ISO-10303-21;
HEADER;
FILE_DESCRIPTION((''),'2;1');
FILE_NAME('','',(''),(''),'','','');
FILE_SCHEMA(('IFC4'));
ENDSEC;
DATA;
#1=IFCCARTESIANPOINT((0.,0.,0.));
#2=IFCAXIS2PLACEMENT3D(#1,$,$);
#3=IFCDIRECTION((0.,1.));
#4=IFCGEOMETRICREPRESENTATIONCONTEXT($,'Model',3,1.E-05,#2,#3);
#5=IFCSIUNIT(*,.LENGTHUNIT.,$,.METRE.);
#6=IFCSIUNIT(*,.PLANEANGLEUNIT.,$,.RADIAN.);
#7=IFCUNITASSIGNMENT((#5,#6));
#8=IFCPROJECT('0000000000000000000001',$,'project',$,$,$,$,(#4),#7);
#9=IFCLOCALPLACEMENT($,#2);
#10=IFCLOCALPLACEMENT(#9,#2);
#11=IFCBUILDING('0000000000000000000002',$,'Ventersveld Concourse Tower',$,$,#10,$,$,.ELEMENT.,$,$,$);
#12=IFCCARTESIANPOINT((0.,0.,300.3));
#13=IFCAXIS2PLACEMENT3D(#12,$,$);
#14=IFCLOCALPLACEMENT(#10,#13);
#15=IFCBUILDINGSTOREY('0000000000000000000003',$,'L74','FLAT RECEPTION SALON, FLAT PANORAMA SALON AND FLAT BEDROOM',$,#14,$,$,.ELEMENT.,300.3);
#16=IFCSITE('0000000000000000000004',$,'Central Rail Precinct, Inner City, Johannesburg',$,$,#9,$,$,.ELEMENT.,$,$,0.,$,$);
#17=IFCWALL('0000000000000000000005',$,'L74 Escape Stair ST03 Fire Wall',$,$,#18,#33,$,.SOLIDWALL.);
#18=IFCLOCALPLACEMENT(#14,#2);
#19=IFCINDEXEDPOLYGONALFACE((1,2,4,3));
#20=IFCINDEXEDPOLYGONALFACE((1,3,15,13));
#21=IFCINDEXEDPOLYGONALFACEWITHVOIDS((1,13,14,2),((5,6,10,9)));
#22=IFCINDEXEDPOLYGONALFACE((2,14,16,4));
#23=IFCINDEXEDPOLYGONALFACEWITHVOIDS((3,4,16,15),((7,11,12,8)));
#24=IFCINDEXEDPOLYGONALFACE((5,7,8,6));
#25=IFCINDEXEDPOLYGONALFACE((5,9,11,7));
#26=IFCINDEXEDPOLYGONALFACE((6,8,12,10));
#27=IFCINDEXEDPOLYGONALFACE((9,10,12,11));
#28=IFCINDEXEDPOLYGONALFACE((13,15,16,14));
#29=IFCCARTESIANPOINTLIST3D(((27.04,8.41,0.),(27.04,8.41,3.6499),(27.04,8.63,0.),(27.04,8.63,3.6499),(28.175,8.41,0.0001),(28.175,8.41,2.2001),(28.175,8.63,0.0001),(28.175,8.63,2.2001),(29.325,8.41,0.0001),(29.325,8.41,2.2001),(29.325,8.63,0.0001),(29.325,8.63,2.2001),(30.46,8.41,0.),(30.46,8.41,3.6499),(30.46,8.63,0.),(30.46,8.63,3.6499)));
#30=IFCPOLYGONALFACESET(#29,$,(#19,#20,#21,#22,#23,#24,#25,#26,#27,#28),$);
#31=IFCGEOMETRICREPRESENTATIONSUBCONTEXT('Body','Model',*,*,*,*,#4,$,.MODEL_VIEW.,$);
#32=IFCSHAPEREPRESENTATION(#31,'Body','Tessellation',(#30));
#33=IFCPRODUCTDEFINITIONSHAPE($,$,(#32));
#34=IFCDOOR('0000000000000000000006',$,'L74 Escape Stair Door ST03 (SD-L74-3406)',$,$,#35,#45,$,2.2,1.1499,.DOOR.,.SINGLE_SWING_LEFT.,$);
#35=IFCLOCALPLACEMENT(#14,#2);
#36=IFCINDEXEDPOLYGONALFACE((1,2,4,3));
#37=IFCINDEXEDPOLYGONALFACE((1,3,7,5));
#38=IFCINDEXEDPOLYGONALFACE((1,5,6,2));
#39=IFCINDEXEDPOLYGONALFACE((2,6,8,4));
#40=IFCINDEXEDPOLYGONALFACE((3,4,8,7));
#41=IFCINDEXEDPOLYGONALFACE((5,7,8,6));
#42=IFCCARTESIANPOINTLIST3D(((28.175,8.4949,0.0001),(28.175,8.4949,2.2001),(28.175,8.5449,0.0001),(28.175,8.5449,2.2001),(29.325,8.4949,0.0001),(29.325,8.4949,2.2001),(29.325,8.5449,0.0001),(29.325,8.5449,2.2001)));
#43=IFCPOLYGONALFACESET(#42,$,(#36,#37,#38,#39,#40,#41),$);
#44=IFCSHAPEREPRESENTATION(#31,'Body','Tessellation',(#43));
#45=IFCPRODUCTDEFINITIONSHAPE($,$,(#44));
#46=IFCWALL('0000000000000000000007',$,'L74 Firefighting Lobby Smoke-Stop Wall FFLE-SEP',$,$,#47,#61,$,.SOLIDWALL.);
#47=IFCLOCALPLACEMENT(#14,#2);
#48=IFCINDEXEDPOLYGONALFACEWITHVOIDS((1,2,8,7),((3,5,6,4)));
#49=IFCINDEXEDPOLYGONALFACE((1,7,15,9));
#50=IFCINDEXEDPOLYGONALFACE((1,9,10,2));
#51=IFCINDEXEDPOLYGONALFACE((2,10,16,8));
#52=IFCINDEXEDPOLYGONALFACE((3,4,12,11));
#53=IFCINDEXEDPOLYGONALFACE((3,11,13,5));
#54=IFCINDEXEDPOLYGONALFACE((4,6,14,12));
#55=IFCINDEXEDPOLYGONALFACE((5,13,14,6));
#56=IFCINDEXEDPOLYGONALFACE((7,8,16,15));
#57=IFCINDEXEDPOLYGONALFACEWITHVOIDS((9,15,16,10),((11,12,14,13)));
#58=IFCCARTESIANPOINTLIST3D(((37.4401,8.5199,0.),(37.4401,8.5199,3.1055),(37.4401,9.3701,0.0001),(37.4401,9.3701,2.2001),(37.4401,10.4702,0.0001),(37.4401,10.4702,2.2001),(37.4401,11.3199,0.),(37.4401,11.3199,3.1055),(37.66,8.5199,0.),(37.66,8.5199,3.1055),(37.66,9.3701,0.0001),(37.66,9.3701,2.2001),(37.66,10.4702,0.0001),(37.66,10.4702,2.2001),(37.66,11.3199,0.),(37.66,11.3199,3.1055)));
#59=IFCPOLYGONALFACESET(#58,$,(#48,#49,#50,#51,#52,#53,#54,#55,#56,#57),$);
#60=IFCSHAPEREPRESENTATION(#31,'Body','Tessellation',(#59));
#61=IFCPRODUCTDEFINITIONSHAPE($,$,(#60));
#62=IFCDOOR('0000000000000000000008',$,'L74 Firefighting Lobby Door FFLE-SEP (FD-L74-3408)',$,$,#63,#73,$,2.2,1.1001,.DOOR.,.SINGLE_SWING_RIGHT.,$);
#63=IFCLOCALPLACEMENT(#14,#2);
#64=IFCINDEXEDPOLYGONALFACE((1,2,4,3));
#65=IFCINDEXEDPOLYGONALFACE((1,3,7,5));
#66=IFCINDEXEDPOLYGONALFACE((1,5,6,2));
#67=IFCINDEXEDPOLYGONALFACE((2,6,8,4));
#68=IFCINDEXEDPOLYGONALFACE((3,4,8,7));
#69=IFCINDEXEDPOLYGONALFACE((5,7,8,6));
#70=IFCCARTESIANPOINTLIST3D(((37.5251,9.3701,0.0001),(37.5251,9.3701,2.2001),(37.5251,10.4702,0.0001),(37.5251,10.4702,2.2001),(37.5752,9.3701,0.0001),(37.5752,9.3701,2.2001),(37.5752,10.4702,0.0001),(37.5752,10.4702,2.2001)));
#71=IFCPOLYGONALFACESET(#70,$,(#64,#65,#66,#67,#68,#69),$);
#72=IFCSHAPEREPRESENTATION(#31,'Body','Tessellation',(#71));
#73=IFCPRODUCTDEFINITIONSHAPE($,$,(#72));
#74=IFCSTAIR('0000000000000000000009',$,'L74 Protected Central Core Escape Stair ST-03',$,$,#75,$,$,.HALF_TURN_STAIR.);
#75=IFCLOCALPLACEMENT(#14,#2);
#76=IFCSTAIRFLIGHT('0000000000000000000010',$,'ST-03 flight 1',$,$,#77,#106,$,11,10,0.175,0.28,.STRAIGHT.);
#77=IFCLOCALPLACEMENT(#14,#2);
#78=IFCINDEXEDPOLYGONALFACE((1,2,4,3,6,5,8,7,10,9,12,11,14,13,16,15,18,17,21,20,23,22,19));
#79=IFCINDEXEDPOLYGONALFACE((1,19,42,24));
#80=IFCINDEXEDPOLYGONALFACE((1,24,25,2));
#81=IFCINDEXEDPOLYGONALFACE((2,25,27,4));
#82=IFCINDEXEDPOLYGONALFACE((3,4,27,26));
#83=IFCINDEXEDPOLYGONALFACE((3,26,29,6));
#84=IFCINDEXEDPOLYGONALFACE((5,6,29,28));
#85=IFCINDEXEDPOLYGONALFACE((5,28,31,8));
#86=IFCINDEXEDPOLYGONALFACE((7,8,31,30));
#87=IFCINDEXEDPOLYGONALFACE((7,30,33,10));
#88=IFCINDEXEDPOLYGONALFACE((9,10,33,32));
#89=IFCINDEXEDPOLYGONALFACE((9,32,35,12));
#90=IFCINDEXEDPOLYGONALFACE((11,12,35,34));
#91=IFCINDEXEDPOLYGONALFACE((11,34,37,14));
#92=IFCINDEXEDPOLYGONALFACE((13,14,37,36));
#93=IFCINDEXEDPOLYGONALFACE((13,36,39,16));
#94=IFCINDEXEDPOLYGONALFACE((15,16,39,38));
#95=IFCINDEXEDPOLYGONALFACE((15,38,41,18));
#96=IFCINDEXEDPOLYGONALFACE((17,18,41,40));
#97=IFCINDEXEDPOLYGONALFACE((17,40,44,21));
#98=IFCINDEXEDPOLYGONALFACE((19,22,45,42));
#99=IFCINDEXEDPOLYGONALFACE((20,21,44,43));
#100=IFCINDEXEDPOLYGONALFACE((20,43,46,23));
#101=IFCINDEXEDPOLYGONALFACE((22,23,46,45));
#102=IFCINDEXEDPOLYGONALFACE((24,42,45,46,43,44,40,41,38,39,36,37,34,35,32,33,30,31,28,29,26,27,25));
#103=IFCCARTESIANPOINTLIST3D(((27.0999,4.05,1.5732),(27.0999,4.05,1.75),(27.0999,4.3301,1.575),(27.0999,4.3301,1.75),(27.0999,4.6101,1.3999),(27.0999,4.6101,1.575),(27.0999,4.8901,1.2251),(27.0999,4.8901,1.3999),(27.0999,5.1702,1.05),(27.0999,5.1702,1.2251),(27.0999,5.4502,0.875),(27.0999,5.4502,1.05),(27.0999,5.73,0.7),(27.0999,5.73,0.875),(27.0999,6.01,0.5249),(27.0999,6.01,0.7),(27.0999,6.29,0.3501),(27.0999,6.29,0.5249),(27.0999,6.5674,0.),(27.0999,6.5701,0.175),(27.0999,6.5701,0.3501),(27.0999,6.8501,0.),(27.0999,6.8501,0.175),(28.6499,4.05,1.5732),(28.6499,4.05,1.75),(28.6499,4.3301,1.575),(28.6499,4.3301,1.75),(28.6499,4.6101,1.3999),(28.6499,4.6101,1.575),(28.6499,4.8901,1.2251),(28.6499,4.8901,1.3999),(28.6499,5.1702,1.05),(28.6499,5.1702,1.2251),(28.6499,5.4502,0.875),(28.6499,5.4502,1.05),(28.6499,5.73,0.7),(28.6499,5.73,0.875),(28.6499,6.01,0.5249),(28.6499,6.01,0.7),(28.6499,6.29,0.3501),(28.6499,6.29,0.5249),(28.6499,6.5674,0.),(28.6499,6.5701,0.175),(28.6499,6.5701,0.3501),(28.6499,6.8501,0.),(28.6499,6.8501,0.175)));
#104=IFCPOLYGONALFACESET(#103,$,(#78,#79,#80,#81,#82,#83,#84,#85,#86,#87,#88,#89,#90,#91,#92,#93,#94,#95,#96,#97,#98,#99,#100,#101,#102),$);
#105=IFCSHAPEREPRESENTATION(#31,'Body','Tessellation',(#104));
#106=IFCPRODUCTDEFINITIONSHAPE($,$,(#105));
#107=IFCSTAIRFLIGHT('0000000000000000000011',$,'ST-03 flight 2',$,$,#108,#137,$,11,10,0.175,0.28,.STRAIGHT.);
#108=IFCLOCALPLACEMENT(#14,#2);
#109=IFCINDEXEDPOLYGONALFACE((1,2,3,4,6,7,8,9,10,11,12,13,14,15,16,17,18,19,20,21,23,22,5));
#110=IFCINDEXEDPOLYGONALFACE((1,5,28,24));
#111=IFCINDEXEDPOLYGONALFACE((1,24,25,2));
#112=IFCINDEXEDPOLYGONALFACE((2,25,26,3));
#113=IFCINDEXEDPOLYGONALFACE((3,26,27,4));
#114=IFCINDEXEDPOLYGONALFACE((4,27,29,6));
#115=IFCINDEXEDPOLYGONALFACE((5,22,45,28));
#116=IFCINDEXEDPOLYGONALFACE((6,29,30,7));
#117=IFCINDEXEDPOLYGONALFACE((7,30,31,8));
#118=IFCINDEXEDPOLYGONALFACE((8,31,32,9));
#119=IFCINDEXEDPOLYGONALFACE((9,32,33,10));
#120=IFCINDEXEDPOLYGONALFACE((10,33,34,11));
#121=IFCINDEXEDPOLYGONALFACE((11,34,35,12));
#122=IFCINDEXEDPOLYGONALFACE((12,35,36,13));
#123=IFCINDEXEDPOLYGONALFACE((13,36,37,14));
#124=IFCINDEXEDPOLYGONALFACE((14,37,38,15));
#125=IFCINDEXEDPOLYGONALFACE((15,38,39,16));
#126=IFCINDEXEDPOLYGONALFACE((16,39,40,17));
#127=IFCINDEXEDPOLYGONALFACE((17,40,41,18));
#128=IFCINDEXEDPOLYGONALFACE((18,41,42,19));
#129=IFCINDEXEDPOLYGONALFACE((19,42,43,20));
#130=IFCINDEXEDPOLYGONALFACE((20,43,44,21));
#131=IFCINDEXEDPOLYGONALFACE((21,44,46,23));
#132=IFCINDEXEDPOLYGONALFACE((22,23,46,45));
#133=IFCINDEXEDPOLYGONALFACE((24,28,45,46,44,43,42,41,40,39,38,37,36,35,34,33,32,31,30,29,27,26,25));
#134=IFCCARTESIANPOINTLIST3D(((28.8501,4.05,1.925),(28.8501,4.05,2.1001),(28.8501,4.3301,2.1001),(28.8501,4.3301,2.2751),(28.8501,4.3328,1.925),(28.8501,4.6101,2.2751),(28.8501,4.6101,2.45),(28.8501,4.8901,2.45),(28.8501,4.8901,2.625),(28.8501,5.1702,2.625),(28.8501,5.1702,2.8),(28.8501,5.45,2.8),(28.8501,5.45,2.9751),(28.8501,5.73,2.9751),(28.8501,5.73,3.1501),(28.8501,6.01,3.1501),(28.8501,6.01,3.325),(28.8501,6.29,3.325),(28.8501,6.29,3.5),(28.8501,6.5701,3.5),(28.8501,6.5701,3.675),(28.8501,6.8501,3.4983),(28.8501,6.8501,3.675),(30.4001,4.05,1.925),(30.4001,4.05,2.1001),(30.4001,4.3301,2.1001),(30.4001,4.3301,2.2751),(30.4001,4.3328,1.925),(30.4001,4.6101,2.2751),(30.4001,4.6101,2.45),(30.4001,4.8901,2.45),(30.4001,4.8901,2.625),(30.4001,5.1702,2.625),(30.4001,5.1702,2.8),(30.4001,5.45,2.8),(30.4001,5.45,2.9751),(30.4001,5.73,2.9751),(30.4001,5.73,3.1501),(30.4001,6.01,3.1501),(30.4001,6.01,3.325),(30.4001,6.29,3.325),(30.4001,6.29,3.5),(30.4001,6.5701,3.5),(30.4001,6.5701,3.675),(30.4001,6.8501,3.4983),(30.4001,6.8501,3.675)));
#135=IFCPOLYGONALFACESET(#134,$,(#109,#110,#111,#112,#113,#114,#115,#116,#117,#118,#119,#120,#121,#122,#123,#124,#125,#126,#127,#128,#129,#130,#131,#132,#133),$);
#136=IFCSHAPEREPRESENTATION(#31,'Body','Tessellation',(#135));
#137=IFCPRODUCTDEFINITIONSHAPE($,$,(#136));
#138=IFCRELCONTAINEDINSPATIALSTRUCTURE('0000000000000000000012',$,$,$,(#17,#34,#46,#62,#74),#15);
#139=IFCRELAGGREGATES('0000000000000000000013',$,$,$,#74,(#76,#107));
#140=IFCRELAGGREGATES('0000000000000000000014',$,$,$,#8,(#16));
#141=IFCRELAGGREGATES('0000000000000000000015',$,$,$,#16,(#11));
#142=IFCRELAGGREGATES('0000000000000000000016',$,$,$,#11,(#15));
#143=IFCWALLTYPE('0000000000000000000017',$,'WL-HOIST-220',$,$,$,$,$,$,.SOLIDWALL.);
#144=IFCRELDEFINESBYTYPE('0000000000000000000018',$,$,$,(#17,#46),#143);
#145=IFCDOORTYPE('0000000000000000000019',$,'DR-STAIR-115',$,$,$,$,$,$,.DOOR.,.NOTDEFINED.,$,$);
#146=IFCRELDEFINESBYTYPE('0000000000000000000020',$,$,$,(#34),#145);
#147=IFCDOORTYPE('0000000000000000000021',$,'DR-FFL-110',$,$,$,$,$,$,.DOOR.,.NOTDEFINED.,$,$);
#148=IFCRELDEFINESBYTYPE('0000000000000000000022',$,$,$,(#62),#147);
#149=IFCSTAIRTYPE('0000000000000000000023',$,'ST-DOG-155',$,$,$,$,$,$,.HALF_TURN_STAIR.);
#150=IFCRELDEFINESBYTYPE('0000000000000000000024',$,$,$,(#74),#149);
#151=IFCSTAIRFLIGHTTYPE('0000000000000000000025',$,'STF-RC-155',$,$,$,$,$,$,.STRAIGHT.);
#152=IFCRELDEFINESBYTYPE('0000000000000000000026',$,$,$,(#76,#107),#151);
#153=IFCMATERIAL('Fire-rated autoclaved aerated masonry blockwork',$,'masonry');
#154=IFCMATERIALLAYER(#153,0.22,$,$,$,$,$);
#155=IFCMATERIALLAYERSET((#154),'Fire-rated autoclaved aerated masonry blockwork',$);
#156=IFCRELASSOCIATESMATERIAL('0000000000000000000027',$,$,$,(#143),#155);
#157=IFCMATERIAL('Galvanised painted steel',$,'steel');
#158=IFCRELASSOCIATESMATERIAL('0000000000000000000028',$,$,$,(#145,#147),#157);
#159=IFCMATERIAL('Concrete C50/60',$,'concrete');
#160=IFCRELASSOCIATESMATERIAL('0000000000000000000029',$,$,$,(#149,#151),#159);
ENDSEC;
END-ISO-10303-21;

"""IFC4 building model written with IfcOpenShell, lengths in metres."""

from ifc_helpers import new_model, si_unit, direction, frame, frame_2d, origin, place, context, subcontext, project, spatial, polyline, rectangle, outline, extrude, material, layer, layer_set, type_object, element, fill, aggregate, save


model = new_model("IFC4")

# Units and contexts
model_context = context("Model", 3, precision=1e-05, world=origin(), true_north=direction((0.0, 1.0)))
body_context = subcontext(model_context, "Body", "Model", "MODEL_VIEW")
ifc_project = project(units=[si_unit("LENGTHUNIT", "METRE"), si_unit("PLANEANGLEUNIT", "RADIAN")], contexts=[model_context])

# Site, building, storey
site_placement = place(None, origin())
site = spatial("IfcSite", under=ifc_project, at=site_placement, Name="Central Rail Precinct, Inner City, Johannesburg", CompositionType="ELEMENT", RefElevation=0.0)
building_placement = place(site_placement, origin())
building = spatial("IfcBuilding", under=site, at=building_placement, Name="Ventersveld Concourse Tower", CompositionType="ELEMENT")
storey_placement = place(building_placement, frame((0.0, 0.0, 300.3)))
storey = spatial("IfcBuildingStorey", under=building, at=storey_placement, Name="L74", Description="FLAT RECEPTION SALON, FLAT PANORAMA SALON AND FLAT BEDROOM", CompositionType="ELEMENT", Elevation=300.3)

# Shared definitions
ifc_material_1 = material(Name="Concrete C50/60", Category="concrete")

# Shared definitions
ifc_material_2 = material(Name="Fire-rated autoclaved aerated masonry blockwork", Category="masonry")
ifc_material_3 = material(Name="Galvanised painted steel", Category="steel")

# Shared definitions
ifc_layer_1 = layer(ifc_material_2, 0.22)
ifc_layer_set_1 = layer_set([ifc_layer_1], Name="Fire-rated autoclaved aerated masonry blockwork")
wall_type_1 = type_object("IfcWallType", Name="WL-HOIST-220", PredefinedType="SOLIDWALL", material=ifc_layer_set_1)

# Walls, openings, doors
wall_1_placement = place(storey_placement, frame((27.04, 8.52, 0.0), z_axis=(0.0, 0.0, 1.0), x_axis=(1.0, 0.0, 0.0)))
wall_1 = element("IfcWall", 1, at=wall_1_placement, inside=storey, type_object=wall_type_1, Name="L74 Escape Stair ST03 Fire Wall", PredefinedType="SOLIDWALL", context=body_context, shape_type="SweptSolid", body=[
    extrude(rectangle(XDim=3.4199, YDim=0.22, at=frame_2d((1.71, 0.0))), origin(), (0.0, 0.0, 1.0), 3.6499),
])
opening_1_placement = place(wall_1_placement, frame((1.135, 0.0, 0.0)))
opening_1 = element("IfcOpeningElement", 2, at=opening_1_placement, cuts=wall_1, PredefinedType="OPENING", context=body_context, shape_type="SweptSolid", body=[
    extrude(rectangle(XDim=1.1499, YDim=2.2, at=frame_2d((0.575, 1.1001))), frame((0.0, 0.1201, 0.0), z_axis=(0.0, -1.0, 0.0), x_axis=(1.0, 0.0, 0.0)), (0.0, 0.0, 1.0), 0.24),
])
door_type_1 = type_object("IfcDoorType", Name="DR-STAIR-115", OperationType="NOTDEFINED", PredefinedType="DOOR", material=ifc_material_3)
door_1_placement = place(opening_1_placement, origin())
door_1 = element("IfcDoor", 3, at=door_1_placement, inside=storey, type_object=door_type_1, Name="L74 Escape Stair Door ST03 (SD-L74-3406)", OperationType="SINGLE_SWING_LEFT", OverallHeight=2.2, OverallWidth=1.1499, PredefinedType="DOOR", context=body_context, shape_type="SweptSolid", body=[
    extrude(rectangle(XDim=1.1499, YDim=2.2, at=frame_2d((0.575, 1.1001))), frame((0.0, 0.0249, 0.0), z_axis=(0.0, -1.0, 0.0), x_axis=(1.0, 0.0, 0.0)), (0.0, 0.0, 1.0), 0.05),
])
fill(opening_1, door_1)
wall_2_placement = place(storey_placement, frame((37.55, 8.52, 0.0), z_axis=(0.0, 0.0, 1.0), x_axis=(0.0, 1.0, 0.0)))
wall_2 = element("IfcWall", 4, at=wall_2_placement, inside=storey, type_object=wall_type_1, Name="L74 Firefighting Lobby Smoke-Stop Wall FFLE-SEP", PredefinedType="SOLIDWALL", context=body_context, shape_type="SweptSolid", body=[
    extrude(rectangle(XDim=2.8, YDim=0.22, at=frame_2d((1.3999, 0.0))), origin(), (0.0, 0.0, 1.0), 3.1055),
])
opening_2_placement = place(wall_2_placement, frame((0.8501, 0.0, 0.0)))
opening_2 = element("IfcOpeningElement", 5, at=opening_2_placement, cuts=wall_2, PredefinedType="OPENING", context=body_context, shape_type="SweptSolid", body=[
    extrude(rectangle(XDim=1.1001, YDim=2.2, at=frame_2d((0.55, 1.1001))), frame((0.0, 0.1201, 0.0), z_axis=(0.0, -1.0, 0.0), x_axis=(1.0, 0.0, 0.0)), (0.0, 0.0, 1.0), 0.24),
])
door_type_2 = type_object("IfcDoorType", Name="DR-FFL-110", OperationType="NOTDEFINED", PredefinedType="DOOR", material=ifc_material_3)
door_2_placement = place(opening_2_placement, origin())
door_2 = element("IfcDoor", 6, at=door_2_placement, inside=storey, type_object=door_type_2, Name="L74 Firefighting Lobby Door FFLE-SEP (FD-L74-3408)", OperationType="SINGLE_SWING_RIGHT", OverallHeight=2.2, OverallWidth=1.1001, PredefinedType="DOOR", context=body_context, shape_type="SweptSolid", body=[
    extrude(rectangle(XDim=1.1001, YDim=2.2, at=frame_2d((0.55, 1.1001))), frame((0.0, 0.0249, 0.0), z_axis=(0.0, -1.0, 0.0), x_axis=(1.0, 0.0, 0.0)), (0.0, 0.0, 1.0), 0.05),
])
fill(opening_2, door_2)

# Stair, stair flights
stair_type = type_object("IfcStairType", Name="ST-DOG-155", PredefinedType="HALF_TURN_STAIR", material=ifc_material_1)
stair_placement = place(storey_placement, origin())
stair = element("IfcStair", 7, at=stair_placement, inside=storey, type_object=stair_type, Name="L74 Protected Central Core Escape Stair ST-03", PredefinedType="HALF_TURN_STAIR")
stair_flight_type = type_object("IfcStairFlightType", Name="STF-RC-155", PredefinedType="STRAIGHT", material=ifc_material_1)
stair_flight_1_placement = place(storey_placement, frame((27.875, 6.8501, 0.0), z_axis=(0.0, 0.0, 1.0), x_axis=(0.0, -1.0, 0.0)))
stair_flight_1 = element("IfcStairFlight", 8, at=stair_flight_1_placement, type_object=stair_flight_type, Name="ST-03 flight 1", NumberOfRisers=11, NumberOfTreads=10, PredefinedType="STRAIGHT", RiserHeight=0.175, TreadLength=0.28, context=body_context, shape_type="SweptSolid", body=[
    extrude(outline(polyline([(0.0, 0.0), (0.0, 0.175), (0.28, 0.175), (0.28, 0.3501), (0.5601, 0.3501), (0.5601, 0.5249), (0.8401, 0.5249), (0.8401, 0.7), (1.1201, 0.7), (1.1201, 0.875), (1.3999, 0.875), (1.3999, 1.05), (1.6799, 1.05), (1.6799, 1.2251), (1.96, 1.2251), (1.96, 1.3999), (2.24, 1.3999), (2.24, 1.575), (2.52, 1.575), (2.52, 1.75), (2.8, 1.75), (2.8, 1.925), (2.8, 1.5732), (0.2827, 0.0), (0.0, 0.0)])), frame((0.0, 0.7749, 0.0), z_axis=(0.0, -1.0, 0.0), x_axis=(1.0, 0.0, 0.0)), (0.0, 0.0, 1.0), 1.55),
])
stair_flight_2_placement = place(storey_placement, frame((29.625, 4.05, 1.925), z_axis=(0.0, 0.0, 1.0), x_axis=(0.0, 1.0, 0.0)))
stair_flight_2 = element("IfcStairFlight", 9, at=stair_flight_2_placement, type_object=stair_flight_type, Name="ST-03 flight 2", NumberOfRisers=11, NumberOfTreads=10, PredefinedType="STRAIGHT", RiserHeight=0.175, TreadLength=0.28, context=body_context, shape_type="SweptSolid", body=[
    extrude(outline(polyline([(0.0, 0.0), (0.0, 0.175), (0.28, 0.175), (0.28, 0.3501), (0.5601, 0.3501), (0.5601, 0.5249), (0.8401, 0.5249), (0.8401, 0.7), (1.1201, 0.7), (1.1201, 0.875), (1.3999, 0.875), (1.3999, 1.05), (1.6799, 1.05), (1.6799, 1.2251), (1.96, 1.2251), (1.96, 1.3999), (2.24, 1.3999), (2.24, 1.575), (2.52, 1.575), (2.52, 1.75), (2.8, 1.75), (2.8, 1.925), (2.8, 1.5732), (0.2827, 0.0), (0.0, 0.0)])), frame((0.0, 0.7749, 0.0), z_axis=(0.0, -1.0, 0.0), x_axis=(1.0, 0.0, 0.0)), (0.0, 0.0, 1.0), 1.55),
])
aggregate(stair, [stair_flight_1, stair_flight_2])

save(model, "model.ifc")
